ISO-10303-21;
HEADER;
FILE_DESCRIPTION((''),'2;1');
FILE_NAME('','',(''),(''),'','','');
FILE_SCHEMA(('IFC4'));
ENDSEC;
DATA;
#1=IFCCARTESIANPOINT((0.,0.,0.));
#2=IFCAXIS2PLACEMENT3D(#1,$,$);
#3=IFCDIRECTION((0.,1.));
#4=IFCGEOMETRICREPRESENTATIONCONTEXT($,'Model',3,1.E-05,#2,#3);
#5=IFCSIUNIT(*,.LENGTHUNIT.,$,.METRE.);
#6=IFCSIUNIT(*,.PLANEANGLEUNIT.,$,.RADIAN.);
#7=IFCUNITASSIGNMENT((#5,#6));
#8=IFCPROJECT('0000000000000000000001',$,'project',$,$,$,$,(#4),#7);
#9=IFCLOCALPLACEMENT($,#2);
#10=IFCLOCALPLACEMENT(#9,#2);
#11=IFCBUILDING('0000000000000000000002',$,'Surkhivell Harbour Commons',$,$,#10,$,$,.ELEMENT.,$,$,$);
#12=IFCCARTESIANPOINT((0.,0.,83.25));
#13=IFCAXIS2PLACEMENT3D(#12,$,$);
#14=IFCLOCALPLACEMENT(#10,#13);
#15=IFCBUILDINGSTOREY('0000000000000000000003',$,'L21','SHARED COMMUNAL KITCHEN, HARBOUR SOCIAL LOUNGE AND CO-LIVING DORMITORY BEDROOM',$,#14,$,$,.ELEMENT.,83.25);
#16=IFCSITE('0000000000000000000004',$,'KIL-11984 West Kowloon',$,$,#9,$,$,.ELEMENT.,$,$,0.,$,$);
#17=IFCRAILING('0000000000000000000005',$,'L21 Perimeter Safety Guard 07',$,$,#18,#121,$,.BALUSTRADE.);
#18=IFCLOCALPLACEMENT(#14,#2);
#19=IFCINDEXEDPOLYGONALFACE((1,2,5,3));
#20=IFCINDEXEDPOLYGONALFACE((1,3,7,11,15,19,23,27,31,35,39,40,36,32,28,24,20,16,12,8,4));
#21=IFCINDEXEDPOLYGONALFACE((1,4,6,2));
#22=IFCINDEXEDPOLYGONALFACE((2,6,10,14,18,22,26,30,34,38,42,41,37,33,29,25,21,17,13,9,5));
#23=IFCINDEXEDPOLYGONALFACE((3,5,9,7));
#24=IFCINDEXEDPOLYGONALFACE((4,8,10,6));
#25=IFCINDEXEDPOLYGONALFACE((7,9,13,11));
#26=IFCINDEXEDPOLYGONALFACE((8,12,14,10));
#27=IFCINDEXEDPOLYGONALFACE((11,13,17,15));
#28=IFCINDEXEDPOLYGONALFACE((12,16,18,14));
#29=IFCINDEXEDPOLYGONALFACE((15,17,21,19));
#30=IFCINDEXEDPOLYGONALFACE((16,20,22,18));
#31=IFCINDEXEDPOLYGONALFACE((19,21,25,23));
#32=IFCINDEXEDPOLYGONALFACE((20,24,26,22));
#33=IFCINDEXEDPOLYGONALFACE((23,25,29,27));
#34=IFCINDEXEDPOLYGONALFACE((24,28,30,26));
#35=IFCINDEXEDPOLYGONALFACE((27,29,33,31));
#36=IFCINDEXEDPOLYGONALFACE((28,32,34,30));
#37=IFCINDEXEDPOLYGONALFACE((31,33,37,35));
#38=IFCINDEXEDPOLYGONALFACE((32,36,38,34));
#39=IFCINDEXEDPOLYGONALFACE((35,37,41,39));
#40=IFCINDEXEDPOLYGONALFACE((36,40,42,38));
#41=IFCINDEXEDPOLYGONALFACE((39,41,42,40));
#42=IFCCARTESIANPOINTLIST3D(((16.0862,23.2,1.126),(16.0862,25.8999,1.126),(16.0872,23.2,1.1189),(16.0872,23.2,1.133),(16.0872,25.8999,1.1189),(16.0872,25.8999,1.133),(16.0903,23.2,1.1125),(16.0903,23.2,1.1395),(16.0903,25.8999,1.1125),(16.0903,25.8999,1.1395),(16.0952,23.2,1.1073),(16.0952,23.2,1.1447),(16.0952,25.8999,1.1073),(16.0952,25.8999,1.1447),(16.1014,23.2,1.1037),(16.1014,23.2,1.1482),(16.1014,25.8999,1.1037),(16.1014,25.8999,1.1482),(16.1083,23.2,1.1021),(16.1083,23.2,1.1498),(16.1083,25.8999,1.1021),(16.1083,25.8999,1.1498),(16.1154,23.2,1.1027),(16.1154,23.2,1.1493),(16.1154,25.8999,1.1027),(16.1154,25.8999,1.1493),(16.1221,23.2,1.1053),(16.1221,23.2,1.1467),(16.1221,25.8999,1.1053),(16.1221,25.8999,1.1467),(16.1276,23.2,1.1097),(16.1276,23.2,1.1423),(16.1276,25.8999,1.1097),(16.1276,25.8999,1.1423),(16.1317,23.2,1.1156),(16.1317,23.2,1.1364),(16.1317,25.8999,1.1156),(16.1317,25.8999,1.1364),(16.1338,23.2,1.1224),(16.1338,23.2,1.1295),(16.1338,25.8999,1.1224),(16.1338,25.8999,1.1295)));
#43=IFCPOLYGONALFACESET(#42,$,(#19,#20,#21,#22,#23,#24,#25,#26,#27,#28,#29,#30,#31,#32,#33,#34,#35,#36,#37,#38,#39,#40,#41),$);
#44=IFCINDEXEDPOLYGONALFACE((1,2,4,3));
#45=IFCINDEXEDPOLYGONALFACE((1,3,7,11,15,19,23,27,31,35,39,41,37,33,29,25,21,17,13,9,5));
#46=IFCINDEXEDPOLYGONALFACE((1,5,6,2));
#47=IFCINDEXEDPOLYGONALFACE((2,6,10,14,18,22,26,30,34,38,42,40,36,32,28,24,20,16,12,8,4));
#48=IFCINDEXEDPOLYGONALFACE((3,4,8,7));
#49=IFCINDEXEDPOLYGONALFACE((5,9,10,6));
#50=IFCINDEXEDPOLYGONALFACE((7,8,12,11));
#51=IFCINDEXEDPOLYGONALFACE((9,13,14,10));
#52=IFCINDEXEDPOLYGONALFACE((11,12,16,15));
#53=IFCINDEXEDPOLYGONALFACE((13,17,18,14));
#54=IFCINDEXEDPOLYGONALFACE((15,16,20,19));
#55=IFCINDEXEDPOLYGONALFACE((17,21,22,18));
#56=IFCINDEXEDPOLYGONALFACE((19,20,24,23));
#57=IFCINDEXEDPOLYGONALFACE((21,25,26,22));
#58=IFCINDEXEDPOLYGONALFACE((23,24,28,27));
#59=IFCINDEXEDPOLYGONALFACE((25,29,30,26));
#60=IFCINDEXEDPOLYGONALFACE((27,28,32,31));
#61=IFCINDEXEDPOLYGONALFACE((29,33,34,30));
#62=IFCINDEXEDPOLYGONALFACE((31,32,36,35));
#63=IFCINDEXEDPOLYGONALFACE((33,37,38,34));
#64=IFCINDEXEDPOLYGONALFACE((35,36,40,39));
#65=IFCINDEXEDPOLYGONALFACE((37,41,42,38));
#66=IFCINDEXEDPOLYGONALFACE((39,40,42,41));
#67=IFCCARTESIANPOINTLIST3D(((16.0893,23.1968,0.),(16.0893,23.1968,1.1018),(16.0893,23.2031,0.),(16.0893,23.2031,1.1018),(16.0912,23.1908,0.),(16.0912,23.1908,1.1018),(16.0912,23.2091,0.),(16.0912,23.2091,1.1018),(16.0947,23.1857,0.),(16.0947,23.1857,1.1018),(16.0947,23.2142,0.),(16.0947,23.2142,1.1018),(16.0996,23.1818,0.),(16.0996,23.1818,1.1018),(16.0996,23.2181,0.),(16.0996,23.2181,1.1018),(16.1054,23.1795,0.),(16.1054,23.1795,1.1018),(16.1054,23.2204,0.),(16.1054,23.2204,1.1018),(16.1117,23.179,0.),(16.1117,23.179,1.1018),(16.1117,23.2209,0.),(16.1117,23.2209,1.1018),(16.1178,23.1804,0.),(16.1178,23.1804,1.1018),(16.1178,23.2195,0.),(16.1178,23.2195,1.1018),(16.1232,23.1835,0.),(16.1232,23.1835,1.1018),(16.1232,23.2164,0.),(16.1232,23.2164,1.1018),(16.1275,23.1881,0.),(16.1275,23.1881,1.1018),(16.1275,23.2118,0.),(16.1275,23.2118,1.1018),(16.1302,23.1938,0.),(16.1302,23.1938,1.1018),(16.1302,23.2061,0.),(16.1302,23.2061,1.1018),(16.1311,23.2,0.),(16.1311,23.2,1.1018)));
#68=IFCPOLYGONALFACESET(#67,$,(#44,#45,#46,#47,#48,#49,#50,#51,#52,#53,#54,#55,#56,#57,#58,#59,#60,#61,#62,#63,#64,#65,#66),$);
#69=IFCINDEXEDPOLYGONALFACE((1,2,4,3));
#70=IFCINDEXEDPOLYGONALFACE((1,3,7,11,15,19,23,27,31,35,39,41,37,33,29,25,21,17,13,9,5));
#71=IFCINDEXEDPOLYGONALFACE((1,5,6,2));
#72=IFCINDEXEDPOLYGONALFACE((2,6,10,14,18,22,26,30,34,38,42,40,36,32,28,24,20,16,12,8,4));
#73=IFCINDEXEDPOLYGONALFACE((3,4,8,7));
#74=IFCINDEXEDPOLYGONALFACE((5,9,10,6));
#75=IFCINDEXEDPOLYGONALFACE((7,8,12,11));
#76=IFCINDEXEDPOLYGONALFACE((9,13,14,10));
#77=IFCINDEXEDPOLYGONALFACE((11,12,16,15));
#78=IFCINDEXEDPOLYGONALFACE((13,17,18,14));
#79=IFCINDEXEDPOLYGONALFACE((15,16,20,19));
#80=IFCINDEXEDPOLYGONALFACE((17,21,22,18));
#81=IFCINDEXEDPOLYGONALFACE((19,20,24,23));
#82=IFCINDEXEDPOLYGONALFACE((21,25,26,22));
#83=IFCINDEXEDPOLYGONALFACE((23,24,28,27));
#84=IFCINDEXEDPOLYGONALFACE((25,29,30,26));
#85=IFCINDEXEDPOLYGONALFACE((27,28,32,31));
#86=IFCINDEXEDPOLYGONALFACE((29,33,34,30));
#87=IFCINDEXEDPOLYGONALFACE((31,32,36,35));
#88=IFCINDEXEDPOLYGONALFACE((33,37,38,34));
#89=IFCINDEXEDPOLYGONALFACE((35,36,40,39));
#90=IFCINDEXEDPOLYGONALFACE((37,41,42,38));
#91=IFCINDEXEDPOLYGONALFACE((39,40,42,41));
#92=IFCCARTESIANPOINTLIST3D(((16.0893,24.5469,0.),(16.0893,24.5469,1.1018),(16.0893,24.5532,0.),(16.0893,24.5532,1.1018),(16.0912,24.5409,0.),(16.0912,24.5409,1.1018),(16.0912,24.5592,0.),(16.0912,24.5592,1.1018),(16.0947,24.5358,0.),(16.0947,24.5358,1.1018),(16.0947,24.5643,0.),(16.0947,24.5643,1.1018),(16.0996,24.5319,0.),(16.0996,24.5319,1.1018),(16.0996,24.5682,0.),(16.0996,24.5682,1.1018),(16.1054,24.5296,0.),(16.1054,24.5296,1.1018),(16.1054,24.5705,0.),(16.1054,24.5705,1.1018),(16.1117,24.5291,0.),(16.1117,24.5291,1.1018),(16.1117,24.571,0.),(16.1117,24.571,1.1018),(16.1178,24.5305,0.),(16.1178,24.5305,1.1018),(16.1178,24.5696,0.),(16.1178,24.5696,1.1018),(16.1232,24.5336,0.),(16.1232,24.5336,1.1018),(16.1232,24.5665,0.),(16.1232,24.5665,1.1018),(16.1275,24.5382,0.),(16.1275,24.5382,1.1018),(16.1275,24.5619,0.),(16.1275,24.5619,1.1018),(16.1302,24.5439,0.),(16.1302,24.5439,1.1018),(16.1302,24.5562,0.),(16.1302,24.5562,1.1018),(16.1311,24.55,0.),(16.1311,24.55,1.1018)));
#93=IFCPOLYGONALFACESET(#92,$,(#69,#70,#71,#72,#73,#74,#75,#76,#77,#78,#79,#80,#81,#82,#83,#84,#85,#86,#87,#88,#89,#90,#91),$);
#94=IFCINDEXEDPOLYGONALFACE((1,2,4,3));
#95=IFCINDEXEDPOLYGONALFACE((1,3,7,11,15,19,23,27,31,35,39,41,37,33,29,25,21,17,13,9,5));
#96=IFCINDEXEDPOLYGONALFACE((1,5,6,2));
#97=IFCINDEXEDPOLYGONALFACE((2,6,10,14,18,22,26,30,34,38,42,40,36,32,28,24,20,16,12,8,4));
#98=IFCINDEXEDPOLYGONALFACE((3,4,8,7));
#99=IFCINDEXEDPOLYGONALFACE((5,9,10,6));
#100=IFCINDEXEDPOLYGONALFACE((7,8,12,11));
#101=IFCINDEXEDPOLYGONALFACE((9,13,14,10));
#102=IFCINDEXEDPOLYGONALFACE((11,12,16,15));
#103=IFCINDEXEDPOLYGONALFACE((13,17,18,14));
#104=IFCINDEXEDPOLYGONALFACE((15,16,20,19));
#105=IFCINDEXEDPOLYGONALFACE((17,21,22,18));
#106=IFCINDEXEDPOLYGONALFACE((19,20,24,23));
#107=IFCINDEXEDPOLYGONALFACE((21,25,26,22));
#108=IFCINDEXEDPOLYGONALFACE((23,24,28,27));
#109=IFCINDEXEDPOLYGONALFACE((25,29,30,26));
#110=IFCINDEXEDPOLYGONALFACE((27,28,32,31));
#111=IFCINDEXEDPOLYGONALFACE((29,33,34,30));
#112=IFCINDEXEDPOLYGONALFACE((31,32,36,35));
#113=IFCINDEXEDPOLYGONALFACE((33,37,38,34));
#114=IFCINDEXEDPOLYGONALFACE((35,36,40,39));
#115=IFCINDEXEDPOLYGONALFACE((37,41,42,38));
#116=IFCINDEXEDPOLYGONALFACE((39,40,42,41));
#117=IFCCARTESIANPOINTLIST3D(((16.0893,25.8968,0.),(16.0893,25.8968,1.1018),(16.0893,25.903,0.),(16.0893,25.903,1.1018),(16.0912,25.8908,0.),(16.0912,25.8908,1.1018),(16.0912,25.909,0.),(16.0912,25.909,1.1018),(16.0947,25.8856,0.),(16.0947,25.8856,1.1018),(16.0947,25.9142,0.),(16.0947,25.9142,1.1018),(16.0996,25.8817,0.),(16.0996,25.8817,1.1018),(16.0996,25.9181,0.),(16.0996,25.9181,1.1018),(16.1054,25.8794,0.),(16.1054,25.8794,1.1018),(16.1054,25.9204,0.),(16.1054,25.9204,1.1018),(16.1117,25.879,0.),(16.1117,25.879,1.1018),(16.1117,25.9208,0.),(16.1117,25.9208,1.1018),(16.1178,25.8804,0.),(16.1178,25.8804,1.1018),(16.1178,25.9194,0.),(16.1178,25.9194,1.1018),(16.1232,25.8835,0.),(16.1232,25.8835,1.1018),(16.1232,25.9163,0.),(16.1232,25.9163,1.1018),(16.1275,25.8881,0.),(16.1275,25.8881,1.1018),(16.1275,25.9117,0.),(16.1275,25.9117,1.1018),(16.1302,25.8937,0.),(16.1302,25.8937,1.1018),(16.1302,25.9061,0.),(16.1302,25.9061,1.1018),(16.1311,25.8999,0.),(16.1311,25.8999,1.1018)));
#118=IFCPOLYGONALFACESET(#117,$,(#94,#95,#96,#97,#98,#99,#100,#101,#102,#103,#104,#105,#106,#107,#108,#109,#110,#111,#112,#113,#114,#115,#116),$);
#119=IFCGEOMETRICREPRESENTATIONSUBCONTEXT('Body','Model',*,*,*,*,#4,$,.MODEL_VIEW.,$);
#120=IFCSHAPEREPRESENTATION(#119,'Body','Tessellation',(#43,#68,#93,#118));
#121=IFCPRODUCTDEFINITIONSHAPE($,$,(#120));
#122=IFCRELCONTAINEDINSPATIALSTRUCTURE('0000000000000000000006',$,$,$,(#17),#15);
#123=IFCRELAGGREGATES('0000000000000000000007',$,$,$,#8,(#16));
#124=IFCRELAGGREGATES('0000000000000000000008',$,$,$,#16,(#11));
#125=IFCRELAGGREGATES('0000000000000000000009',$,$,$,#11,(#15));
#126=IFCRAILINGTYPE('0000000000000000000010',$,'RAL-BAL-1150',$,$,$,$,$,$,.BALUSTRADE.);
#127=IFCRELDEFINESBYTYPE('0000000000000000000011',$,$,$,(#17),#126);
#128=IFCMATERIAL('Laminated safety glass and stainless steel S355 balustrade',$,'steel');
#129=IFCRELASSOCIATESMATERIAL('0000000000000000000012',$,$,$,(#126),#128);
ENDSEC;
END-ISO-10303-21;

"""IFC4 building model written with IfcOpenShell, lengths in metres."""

from ifc_helpers import new_model, si_unit, direction, frame, origin, origin_2d, place, context, subcontext, project, spatial, circle, extrude, material, type_object, element, save


model = new_model("IFC4")

# Units and contexts
model_context = context("Model", 3, precision=1e-05, world=origin(), true_north=direction((0.0, 1.0)))
body_context = subcontext(model_context, "Body", "Model", "MODEL_VIEW")
ifc_project = project(units=[si_unit("LENGTHUNIT", "METRE"), si_unit("PLANEANGLEUNIT", "RADIAN")], contexts=[model_context])

# Site, building, storey
site_placement = place(None, origin())
site = spatial("IfcSite", under=ifc_project, at=site_placement, Name="KIL-11984 West Kowloon", CompositionType="ELEMENT", RefElevation=0.0)
building_placement = place(site_placement, origin())
building = spatial("IfcBuilding", under=site, at=building_placement, Name="Surkhivell Harbour Commons", CompositionType="ELEMENT")
storey_placement = place(building_placement, frame((0.0, 0.0, 83.25)))
storey = spatial("IfcBuildingStorey", under=building, at=storey_placement, Name="L21", Description="SHARED COMMUNAL KITCHEN, HARBOUR SOCIAL LOUNGE AND CO-LIVING DORMITORY BEDROOM", CompositionType="ELEMENT", Elevation=83.25)

# Railing
ifc_material_1 = material(Name="Laminated safety glass and stainless steel S355 balustrade", Category="steel")
railing_type = type_object("IfcRailingType", Name="RAL-BAL-1150", PredefinedType="BALUSTRADE", material=ifc_material_1)
railing_1_placement = place(storey_placement, frame((16.1101, 23.2, 0.0)))
element("IfcRailing", 1, at=railing_1_placement, inside=storey, type_object=railing_type, Name="L21 Perimeter Safety Guard 07", PredefinedType="BALUSTRADE", context=body_context, shape_type="SweptSolid", body=[
    extrude(circle(Radius=0.0239, at=origin_2d()), frame((0.0, 0.0, 1.126), z_axis=(0.0, 1.0, 0.0), x_axis=(-1.0, 0.0, 0.0)), (0.0, 0.0, 1.0), 2.7),
    extrude(circle(Radius=0.021, at=origin_2d()), origin(), (0.0, 0.0, 1.0), 1.1018),
    extrude(circle(Radius=0.021, at=origin_2d()), frame((0.0, 1.3501, 0.0)), (0.0, 0.0, 1.0), 1.1018),
    extrude(circle(Radius=0.021, at=origin_2d()), frame((0.0, 2.7, 0.0)), (0.0, 0.0, 1.0), 1.1018),
])

save(model, "model.ifc")
